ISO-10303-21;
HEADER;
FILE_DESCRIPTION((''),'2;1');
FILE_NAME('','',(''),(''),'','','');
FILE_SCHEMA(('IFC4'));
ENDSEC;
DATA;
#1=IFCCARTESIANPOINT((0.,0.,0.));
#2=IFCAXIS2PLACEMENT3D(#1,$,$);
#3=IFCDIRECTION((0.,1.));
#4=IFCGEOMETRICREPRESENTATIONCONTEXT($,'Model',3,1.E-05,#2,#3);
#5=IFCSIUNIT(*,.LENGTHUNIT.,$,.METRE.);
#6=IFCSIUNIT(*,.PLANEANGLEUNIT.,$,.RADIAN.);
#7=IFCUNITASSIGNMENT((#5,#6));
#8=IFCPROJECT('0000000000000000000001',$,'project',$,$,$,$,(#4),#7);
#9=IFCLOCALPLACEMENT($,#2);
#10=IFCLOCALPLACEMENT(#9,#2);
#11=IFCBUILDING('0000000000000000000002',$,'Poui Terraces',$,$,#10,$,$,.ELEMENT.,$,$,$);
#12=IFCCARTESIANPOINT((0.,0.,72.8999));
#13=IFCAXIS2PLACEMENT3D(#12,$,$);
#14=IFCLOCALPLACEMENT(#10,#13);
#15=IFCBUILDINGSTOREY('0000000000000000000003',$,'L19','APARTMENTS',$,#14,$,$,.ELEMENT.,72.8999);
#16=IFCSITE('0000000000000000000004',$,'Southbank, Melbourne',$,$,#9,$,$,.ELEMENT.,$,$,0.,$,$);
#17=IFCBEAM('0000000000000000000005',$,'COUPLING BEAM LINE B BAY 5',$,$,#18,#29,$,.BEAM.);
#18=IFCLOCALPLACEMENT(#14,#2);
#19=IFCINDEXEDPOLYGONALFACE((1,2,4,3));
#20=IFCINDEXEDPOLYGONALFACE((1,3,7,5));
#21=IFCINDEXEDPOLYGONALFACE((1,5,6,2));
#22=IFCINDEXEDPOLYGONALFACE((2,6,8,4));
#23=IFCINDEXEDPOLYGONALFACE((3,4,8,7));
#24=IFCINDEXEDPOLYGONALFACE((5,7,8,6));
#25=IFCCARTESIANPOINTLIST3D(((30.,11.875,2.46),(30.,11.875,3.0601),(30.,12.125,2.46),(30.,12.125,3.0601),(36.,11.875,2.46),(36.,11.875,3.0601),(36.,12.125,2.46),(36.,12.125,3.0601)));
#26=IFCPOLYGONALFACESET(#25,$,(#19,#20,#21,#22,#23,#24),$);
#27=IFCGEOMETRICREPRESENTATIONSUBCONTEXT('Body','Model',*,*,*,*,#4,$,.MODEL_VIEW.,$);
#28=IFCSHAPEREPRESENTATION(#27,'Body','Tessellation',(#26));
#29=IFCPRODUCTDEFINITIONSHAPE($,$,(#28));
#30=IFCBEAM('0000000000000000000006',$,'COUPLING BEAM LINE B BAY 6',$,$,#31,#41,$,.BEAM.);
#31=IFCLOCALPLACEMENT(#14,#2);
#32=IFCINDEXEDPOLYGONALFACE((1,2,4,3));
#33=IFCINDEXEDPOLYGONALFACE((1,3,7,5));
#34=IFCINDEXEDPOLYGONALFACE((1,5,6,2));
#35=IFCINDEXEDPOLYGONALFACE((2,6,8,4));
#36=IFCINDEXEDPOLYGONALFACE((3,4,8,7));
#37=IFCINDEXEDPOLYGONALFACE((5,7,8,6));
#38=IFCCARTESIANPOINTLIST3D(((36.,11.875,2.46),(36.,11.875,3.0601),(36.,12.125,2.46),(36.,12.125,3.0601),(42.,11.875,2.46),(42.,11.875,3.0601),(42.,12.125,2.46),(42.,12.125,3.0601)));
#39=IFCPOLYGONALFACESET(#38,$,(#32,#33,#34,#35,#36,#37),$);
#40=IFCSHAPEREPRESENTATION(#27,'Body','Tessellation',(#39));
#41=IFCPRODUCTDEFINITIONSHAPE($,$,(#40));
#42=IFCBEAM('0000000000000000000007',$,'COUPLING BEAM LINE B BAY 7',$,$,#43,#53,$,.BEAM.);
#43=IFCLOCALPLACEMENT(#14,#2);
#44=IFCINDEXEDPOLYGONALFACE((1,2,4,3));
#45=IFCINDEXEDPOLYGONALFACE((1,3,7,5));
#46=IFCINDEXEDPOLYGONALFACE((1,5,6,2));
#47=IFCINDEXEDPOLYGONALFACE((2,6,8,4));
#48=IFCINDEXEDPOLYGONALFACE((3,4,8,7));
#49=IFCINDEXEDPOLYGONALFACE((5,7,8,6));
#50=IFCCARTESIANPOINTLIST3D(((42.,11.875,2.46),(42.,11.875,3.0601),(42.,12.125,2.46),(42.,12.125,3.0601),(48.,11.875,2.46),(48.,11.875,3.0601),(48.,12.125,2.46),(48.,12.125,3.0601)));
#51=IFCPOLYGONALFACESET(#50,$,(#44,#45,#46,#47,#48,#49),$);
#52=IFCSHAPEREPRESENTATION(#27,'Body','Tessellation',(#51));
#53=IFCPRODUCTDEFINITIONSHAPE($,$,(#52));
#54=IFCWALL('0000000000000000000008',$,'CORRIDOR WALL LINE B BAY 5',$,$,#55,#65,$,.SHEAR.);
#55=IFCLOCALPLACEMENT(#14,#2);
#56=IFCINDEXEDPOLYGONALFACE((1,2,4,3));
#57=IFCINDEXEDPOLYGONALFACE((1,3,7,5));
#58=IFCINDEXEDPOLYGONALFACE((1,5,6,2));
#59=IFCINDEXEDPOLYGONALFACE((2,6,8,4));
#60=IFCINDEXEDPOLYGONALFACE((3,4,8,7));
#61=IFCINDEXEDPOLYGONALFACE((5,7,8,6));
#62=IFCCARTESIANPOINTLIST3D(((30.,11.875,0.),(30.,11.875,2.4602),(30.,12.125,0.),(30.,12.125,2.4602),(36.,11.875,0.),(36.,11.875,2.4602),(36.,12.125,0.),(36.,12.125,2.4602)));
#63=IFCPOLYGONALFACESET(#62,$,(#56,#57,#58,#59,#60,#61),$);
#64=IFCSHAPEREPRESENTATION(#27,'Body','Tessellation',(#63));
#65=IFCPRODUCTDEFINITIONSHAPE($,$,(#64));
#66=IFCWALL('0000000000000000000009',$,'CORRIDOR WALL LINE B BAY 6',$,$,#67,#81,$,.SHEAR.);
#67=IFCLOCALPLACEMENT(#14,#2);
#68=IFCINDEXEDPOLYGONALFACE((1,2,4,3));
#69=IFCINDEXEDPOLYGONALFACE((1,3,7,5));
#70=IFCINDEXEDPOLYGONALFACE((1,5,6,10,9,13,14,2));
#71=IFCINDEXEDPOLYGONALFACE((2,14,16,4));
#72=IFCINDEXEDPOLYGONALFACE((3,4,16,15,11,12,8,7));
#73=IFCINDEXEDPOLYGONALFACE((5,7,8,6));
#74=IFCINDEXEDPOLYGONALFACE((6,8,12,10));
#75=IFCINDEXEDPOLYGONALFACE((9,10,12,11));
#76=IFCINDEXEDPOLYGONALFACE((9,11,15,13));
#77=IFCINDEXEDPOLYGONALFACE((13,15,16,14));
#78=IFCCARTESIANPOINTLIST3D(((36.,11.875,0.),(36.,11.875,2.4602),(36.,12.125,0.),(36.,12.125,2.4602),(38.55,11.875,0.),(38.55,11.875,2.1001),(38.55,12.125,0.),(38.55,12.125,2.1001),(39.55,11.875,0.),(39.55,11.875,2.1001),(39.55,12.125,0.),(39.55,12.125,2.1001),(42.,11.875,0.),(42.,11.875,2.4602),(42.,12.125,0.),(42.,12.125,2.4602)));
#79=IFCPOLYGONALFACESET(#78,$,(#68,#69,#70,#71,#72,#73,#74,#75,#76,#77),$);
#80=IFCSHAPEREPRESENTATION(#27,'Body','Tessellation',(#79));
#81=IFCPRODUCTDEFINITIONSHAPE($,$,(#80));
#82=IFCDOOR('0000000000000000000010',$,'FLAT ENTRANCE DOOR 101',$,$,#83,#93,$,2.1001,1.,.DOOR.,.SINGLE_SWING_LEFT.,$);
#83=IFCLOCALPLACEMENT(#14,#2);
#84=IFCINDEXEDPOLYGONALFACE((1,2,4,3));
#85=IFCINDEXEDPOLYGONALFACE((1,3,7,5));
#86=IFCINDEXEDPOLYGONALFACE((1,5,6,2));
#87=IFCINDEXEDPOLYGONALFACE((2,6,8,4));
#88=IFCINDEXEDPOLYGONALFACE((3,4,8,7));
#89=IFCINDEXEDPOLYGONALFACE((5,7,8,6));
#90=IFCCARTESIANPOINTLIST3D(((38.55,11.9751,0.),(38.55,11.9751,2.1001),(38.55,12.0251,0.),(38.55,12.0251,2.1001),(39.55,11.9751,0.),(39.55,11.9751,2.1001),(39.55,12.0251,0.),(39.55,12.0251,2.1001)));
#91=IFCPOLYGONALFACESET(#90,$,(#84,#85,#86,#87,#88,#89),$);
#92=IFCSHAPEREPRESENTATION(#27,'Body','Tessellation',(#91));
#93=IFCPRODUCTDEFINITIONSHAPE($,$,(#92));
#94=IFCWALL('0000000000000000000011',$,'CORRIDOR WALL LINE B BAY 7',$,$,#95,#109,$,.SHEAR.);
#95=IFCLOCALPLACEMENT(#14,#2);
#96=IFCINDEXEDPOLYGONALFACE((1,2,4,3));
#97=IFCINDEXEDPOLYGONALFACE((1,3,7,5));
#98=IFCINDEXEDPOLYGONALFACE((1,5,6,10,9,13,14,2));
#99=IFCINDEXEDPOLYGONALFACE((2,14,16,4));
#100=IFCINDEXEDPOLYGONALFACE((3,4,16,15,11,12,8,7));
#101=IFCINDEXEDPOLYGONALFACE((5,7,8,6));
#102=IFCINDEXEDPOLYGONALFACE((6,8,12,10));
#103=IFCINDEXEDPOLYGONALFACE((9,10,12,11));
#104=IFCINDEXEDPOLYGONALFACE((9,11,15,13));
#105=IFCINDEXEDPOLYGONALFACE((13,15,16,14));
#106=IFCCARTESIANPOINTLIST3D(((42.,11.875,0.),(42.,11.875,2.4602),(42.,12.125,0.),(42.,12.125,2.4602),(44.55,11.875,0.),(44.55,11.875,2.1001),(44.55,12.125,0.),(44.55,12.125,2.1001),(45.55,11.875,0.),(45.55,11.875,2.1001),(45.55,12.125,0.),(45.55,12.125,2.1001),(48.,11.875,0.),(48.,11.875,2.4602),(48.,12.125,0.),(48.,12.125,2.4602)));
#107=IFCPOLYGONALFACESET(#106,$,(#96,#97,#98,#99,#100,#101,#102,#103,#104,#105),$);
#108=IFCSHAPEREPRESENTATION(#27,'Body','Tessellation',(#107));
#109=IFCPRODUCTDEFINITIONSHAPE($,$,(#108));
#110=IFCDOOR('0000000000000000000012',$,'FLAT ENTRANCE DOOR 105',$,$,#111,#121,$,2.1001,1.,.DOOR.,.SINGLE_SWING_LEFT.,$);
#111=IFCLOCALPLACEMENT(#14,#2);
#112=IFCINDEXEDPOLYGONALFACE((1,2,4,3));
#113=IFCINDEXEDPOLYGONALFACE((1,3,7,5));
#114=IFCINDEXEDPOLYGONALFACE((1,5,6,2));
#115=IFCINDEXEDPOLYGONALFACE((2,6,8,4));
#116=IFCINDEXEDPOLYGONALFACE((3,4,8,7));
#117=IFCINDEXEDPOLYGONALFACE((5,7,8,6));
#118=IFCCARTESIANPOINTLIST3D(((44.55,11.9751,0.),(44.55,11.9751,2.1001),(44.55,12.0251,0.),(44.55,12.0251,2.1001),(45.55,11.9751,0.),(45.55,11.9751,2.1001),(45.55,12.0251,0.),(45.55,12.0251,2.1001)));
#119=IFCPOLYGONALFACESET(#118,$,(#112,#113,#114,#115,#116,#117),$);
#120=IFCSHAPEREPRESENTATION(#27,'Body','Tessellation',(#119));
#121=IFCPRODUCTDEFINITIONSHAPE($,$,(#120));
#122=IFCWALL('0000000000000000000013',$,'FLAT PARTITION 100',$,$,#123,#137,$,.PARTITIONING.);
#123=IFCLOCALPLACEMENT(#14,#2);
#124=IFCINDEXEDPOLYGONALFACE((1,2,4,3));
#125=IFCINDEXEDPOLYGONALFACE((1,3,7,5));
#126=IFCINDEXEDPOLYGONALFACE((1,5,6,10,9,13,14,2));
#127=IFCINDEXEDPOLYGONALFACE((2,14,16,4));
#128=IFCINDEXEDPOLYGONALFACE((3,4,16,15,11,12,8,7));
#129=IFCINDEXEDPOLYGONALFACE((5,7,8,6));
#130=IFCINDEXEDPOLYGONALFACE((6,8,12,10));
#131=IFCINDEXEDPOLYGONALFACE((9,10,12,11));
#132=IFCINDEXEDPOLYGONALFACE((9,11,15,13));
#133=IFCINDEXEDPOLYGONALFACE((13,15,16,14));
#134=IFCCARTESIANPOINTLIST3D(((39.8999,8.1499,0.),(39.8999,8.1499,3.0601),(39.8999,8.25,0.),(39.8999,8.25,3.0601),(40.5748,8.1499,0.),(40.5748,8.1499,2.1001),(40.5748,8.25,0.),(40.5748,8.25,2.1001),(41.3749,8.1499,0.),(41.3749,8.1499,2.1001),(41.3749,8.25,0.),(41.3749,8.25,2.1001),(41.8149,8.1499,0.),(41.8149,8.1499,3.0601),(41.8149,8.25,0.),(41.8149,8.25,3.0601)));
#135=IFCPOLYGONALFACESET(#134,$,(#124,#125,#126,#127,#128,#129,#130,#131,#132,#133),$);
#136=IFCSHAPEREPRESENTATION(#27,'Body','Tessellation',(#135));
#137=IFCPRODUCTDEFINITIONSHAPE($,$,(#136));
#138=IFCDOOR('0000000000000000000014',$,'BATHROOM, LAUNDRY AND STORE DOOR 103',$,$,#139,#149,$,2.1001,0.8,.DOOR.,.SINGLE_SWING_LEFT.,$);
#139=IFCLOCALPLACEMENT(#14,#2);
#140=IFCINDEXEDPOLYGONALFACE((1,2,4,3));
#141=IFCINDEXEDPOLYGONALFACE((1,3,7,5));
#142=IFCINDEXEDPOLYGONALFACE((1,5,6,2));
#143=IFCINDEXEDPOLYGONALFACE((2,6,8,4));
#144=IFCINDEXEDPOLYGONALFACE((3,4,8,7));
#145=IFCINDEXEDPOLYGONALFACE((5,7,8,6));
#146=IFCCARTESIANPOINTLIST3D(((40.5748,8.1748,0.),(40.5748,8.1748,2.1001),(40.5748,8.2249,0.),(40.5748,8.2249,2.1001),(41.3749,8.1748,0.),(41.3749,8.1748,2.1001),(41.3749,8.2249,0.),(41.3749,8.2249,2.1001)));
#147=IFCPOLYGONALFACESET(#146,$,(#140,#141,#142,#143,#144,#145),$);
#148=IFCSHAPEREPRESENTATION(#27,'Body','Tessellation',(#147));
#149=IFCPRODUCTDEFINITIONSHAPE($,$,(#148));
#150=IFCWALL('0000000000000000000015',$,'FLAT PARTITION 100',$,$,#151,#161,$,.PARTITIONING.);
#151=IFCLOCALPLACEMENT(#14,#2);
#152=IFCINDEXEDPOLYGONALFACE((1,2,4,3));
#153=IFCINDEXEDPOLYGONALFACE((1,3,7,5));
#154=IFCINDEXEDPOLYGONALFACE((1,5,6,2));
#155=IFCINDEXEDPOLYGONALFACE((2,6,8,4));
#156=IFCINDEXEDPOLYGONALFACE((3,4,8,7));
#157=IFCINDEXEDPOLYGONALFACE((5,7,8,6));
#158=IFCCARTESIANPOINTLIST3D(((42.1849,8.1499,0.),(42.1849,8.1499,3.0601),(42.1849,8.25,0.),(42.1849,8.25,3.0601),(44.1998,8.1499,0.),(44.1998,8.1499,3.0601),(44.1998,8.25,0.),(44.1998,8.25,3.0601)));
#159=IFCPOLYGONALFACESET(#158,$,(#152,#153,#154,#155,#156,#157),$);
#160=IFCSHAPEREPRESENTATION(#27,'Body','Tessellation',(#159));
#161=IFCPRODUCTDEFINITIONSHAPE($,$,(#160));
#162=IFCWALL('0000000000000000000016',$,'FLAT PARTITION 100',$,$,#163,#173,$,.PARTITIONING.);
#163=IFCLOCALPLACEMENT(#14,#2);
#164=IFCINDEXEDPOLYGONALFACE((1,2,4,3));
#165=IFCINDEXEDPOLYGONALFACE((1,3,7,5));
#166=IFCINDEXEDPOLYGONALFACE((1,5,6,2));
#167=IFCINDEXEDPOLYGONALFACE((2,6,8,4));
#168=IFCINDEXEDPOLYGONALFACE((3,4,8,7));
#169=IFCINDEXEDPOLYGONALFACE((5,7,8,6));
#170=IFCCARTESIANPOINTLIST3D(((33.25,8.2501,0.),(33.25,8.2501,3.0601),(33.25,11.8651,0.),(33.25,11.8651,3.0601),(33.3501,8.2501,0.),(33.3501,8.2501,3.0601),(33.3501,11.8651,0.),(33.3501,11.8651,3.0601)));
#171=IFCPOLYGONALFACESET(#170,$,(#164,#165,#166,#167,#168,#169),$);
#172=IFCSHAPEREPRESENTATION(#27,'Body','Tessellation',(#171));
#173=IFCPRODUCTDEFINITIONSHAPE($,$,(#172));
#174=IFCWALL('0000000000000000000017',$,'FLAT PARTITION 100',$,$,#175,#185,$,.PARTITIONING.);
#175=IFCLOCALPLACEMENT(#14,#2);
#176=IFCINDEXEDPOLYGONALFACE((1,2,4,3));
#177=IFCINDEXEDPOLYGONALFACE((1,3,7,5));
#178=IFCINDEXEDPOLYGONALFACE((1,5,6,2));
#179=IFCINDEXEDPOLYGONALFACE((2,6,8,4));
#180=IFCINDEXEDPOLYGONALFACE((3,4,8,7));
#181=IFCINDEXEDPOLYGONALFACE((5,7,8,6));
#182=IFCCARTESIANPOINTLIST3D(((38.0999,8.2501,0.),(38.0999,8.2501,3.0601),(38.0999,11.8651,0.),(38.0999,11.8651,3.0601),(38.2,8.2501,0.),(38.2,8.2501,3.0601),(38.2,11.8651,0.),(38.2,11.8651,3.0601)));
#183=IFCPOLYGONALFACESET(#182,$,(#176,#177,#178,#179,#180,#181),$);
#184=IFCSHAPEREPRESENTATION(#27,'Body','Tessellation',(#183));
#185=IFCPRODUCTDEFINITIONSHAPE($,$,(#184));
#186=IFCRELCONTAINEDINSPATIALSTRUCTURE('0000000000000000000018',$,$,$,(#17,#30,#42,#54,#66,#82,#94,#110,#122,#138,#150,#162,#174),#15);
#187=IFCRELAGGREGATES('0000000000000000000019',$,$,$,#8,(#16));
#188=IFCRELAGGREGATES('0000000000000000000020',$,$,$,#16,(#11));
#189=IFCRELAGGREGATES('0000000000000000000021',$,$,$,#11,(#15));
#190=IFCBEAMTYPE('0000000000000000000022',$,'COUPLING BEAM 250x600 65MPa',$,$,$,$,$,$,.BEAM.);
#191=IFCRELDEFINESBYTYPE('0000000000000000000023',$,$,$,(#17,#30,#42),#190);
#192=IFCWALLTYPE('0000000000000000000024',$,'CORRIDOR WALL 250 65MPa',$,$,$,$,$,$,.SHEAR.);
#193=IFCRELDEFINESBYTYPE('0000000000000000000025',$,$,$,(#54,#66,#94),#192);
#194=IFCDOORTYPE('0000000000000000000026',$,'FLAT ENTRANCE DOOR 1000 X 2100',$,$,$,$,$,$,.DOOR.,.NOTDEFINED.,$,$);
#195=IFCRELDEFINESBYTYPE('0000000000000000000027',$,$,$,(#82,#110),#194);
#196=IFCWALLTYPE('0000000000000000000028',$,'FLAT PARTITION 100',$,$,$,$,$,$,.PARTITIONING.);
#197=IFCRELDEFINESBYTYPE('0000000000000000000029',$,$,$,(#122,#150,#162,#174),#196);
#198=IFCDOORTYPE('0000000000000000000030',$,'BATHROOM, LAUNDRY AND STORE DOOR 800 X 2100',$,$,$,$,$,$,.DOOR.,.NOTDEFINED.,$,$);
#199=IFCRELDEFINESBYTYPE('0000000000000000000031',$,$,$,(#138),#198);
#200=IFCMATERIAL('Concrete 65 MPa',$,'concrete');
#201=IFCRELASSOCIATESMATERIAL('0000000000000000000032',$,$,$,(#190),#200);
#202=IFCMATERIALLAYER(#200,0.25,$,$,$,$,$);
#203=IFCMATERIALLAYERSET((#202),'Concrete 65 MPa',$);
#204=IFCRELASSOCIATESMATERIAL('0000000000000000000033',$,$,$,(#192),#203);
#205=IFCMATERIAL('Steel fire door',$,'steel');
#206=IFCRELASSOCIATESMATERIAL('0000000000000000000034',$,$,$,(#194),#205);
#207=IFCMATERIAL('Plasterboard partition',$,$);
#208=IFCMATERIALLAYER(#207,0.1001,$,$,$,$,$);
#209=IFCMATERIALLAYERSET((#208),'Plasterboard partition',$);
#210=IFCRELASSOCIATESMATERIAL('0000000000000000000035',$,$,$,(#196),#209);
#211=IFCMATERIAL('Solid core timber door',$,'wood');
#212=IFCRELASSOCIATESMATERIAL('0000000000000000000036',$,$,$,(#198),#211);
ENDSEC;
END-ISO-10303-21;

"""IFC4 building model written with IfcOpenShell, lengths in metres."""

from ifc_helpers import new_model, si_unit, direction, frame, frame_2d, origin, origin_2d, place, context, subcontext, project, spatial, rectangle, extrude, source, transform, mapped, material, layer, layer_set, material_profile, profile_set, type_object, element, fill, save


model = new_model("IFC4")

# Units and contexts
model_context = context("Model", 3, precision=1e-05, world=origin(), true_north=direction((0.0, 1.0)))
body_context = subcontext(model_context, "Body", "Model", "MODEL_VIEW")
ifc_project = project(units=[si_unit("LENGTHUNIT", "METRE"), si_unit("PLANEANGLEUNIT", "RADIAN")], contexts=[model_context])

# Site, building, storey
site_placement = place(None, origin())
site = spatial("IfcSite", under=ifc_project, at=site_placement, Name="Southbank, Melbourne", CompositionType="ELEMENT", RefElevation=0.0)
building_placement = place(site_placement, origin())
building = spatial("IfcBuilding", under=site, at=building_placement, Name="Poui Terraces", CompositionType="ELEMENT")
storey_placement = place(building_placement, frame((0.0, 0.0, 72.8999)))
storey = spatial("IfcBuildingStorey", under=building, at=storey_placement, Name="L19", Description="APARTMENTS", CompositionType="ELEMENT", Elevation=72.8999)

# Beams
ifc_material_1 = material(Name="Concrete 65 MPa", Category="concrete")
ifc_material_profile = material_profile(ifc_material_1, rectangle(XDim=0.25, YDim=0.6001, at=origin_2d()), Name="RC 250x600")
ifc_profile_set = profile_set([ifc_material_profile], Name="Concrete 65 MPa")
beam_type = type_object("IfcBeamType", Name="COUPLING BEAM 250x600 65MPa", PredefinedType="BEAM", material=ifc_profile_set)
shared_shape = source(origin(), body_context, "Body", "SweptSolid", [
    extrude(rectangle(XDim=0.25, YDim=0.6001, at=origin_2d()), origin(), (0.0, 0.0, 1.0), 6.0),
])
for number, where, z_axis, x_axis, name in (
    (1, (30.0, 12.0, 2.76), (1.0, 0.0, 0.0), (0.0, 1.0, 0.0), "COUPLING BEAM LINE B BAY 5"),
    (2, (36.0, 12.0, 2.76), (1.0, 0.0, 0.0), (0.0, 1.0, 0.0), "COUPLING BEAM LINE B BAY 6"),
    (3, (42.0, 12.0, 2.76), (1.0, 0.0, 0.0), (0.0, 1.0, 0.0), "COUPLING BEAM LINE B BAY 7"),
):
    element("IfcBeam", number, at=place(storey_placement, frame(where, z_axis=z_axis, x_axis=x_axis)), inside=storey, type_object=beam_type, Name=name, PredefinedType="BEAM", context=body_context, shape_type="MappedRepresentation", body=[
        mapped(shared_shape, transform((0.0, 0.0, 0.0))),
    ])

# Wall
ifc_layer_1 = layer(ifc_material_1, 0.25)
ifc_layer_set_1 = layer_set([ifc_layer_1], Name="Concrete 65 MPa")
wall_type_1 = type_object("IfcWallType", Name="CORRIDOR WALL 250 65MPa", PredefinedType="SHEAR", material=ifc_layer_set_1)
wall_1_placement = place(storey_placement, frame((30.0, 12.0, 0.0), z_axis=(0.0, 0.0, 1.0), x_axis=(1.0, 0.0, 0.0)))
element("IfcWall", 4, at=wall_1_placement, inside=storey, type_object=wall_type_1, Name="CORRIDOR WALL LINE B BAY 5", PredefinedType="SHEAR", context=body_context, shape_type="SweptSolid", body=[
    extrude(rectangle(XDim=6.0, YDim=0.25, at=frame_2d((3.0, 0.0))), origin(), (0.0, 0.0, 1.0), 2.4602),
])

# Walls, openings, doors
wall_2_placement = place(storey_placement, frame((36.0, 12.0, 0.0), z_axis=(0.0, 0.0, 1.0), x_axis=(1.0, 0.0, 0.0)))
wall_2 = element("IfcWall", 5, at=wall_2_placement, inside=storey, type_object=wall_type_1, Name="CORRIDOR WALL LINE B BAY 6", PredefinedType="SHEAR", context=body_context, shape_type="SweptSolid", body=[
    extrude(rectangle(XDim=6.0, YDim=0.25, at=frame_2d((3.0, 0.0))), origin(), (0.0, 0.0, 1.0), 2.4602),
])
opening_1_placement = place(wall_2_placement, frame((2.55, 0.0, 0.0)))
opening_1 = element("IfcOpeningElement", 6, at=opening_1_placement, cuts=wall_2, PredefinedType="OPENING", context=body_context, shape_type="SweptSolid", body=[
    extrude(rectangle(XDim=1.0, YDim=2.1001, at=frame_2d((0.5, 1.05))), frame((0.0, 0.135, 0.0), z_axis=(0.0, -1.0, 0.0), x_axis=(1.0, 0.0, 0.0)), (0.0, 0.0, 1.0), 0.27),
])
ifc_material_2 = material(Name="Steel fire door", Category="steel")
door_type_1 = type_object("IfcDoorType", Name="FLAT ENTRANCE DOOR 1000 X 2100", OperationType="NOTDEFINED", PredefinedType="DOOR", material=ifc_material_2)
door_1_placement = place(opening_1_placement, frame((1.0, 0.0, 0.0), z_axis=(0.0, 0.0, 1.0), x_axis=(-1.0, 0.0, 0.0)))
door_1 = element("IfcDoor", 7, at=door_1_placement, inside=storey, type_object=door_type_1, Name="FLAT ENTRANCE DOOR 101", OperationType="SINGLE_SWING_LEFT", OverallHeight=2.1001, OverallWidth=1.0, PredefinedType="DOOR", context=body_context, shape_type="SweptSolid", body=[
    extrude(rectangle(XDim=1.0, YDim=2.1001, at=frame_2d((0.5, 1.05))), frame((0.0, 0.0249, 0.0), z_axis=(0.0, -1.0, 0.0), x_axis=(1.0, 0.0, 0.0)), (0.0, 0.0, 1.0), 0.05),
])
fill(opening_1, door_1)
wall_3_placement = place(storey_placement, frame((42.0, 12.0, 0.0), z_axis=(0.0, 0.0, 1.0), x_axis=(1.0, 0.0, 0.0)))
wall_3 = element("IfcWall", 8, at=wall_3_placement, inside=storey, type_object=wall_type_1, Name="CORRIDOR WALL LINE B BAY 7", PredefinedType="SHEAR", context=body_context, shape_type="SweptSolid", body=[
    extrude(rectangle(XDim=6.0, YDim=0.25, at=frame_2d((3.0, 0.0))), origin(), (0.0, 0.0, 1.0), 2.4602),
])
opening_2_placement = place(wall_3_placement, frame((2.55, 0.0, 0.0)))
opening_2 = element("IfcOpeningElement", 9, at=opening_2_placement, cuts=wall_3, PredefinedType="OPENING", context=body_context, shape_type="SweptSolid", body=[
    extrude(rectangle(XDim=1.0, YDim=2.1001, at=frame_2d((0.5, 1.05))), frame((0.0, 0.135, 0.0), z_axis=(0.0, -1.0, 0.0), x_axis=(1.0, 0.0, 0.0)), (0.0, 0.0, 1.0), 0.27),
])
door_2_placement = place(opening_2_placement, frame((1.0, 0.0, 0.0), z_axis=(0.0, 0.0, 1.0), x_axis=(-1.0, 0.0, 0.0)))
door_2 = element("IfcDoor", 10, at=door_2_placement, inside=storey, type_object=door_type_1, Name="FLAT ENTRANCE DOOR 105", OperationType="SINGLE_SWING_LEFT", OverallHeight=2.1001, OverallWidth=1.0, PredefinedType="DOOR", context=body_context, shape_type="SweptSolid", body=[
    extrude(rectangle(XDim=1.0, YDim=2.1001, at=frame_2d((0.5, 1.05))), frame((0.0, 0.0249, 0.0), z_axis=(0.0, -1.0, 0.0), x_axis=(1.0, 0.0, 0.0)), (0.0, 0.0, 1.0), 0.05),
])
fill(opening_2, door_2)
ifc_material_3 = material(Name="Plasterboard partition")
ifc_layer_2 = layer(ifc_material_3, 0.1001)
ifc_layer_set_2 = layer_set([ifc_layer_2], Name="Plasterboard partition")
wall_type_2 = type_object("IfcWallType", Name="FLAT PARTITION 100", PredefinedType="PARTITIONING", material=ifc_layer_set_2)
wall_4_placement = place(storey_placement, frame((39.8999, 8.2, 0.0), z_axis=(0.0, 0.0, 1.0), x_axis=(1.0, 0.0, 0.0)))
wall_4 = element("IfcWall", 11, at=wall_4_placement, inside=storey, type_object=wall_type_2, Name="FLAT PARTITION 100", PredefinedType="PARTITIONING", context=body_context, shape_type="SweptSolid", body=[
    extrude(rectangle(XDim=1.915, YDim=0.1001, at=frame_2d((0.9575, 0.0))), origin(), (0.0, 0.0, 1.0), 3.0601),
])
opening_3_placement = place(wall_4_placement, frame((0.675, 0.0, 0.0)))
opening_3 = element("IfcOpeningElement", 12, at=opening_3_placement, cuts=wall_4, PredefinedType="OPENING", context=body_context, shape_type="SweptSolid", body=[
    extrude(rectangle(XDim=0.8, YDim=2.1001, at=frame_2d((0.3999, 1.05))), frame((0.0, 0.0601, 0.0), z_axis=(0.0, -1.0, 0.0), x_axis=(1.0, 0.0, 0.0)), (0.0, 0.0, 1.0), 0.1201),
])
ifc_material_4 = material(Name="Solid core timber door", Category="wood")
door_type_2 = type_object("IfcDoorType", Name="BATHROOM, LAUNDRY AND STORE DOOR 800 X 2100", OperationType="NOTDEFINED", PredefinedType="DOOR", material=ifc_material_4)
door_3_placement = place(opening_3_placement, origin())
door_3 = element("IfcDoor", 13, at=door_3_placement, inside=storey, type_object=door_type_2, Name="BATHROOM, LAUNDRY AND STORE DOOR 103", OperationType="SINGLE_SWING_LEFT", OverallHeight=2.1001, OverallWidth=0.8, PredefinedType="DOOR", context=body_context, shape_type="SweptSolid", body=[
    extrude(rectangle(XDim=0.8, YDim=2.1001, at=frame_2d((0.3999, 1.05))), frame((0.0, 0.0249, 0.0), z_axis=(0.0, -1.0, 0.0), x_axis=(1.0, 0.0, 0.0)), (0.0, 0.0, 1.0), 0.05),
])
fill(opening_3, door_3)

# Walls
wall_5_placement = place(storey_placement, frame((42.1851, 8.2, 0.0), z_axis=(0.0, 0.0, 1.0), x_axis=(1.0, 0.0, 0.0)))
element("IfcWall", 14, at=wall_5_placement, inside=storey, type_object=wall_type_2, Name="FLAT PARTITION 100", PredefinedType="PARTITIONING", context=body_context, shape_type="SweptSolid", body=[
    extrude(rectangle(XDim=2.0149, YDim=0.1001, at=frame_2d((1.0073, 0.0))), origin(), (0.0, 0.0, 1.0), 3.0601),
])
for number, where, z_axis, x_axis, name in (
    (15, (33.3, 8.25, 0.0), (0.0, 0.0, 1.0), (0.0, 1.0, 0.0), "FLAT PARTITION 100"),
    (16, (38.1499, 8.25, 0.0), (0.0, 0.0, 1.0), (0.0, 1.0, 0.0), "FLAT PARTITION 100"),
):
    element("IfcWall", number, at=place(storey_placement, frame(where, z_axis=z_axis, x_axis=x_axis)), inside=storey, type_object=wall_type_2, Name=name, PredefinedType="PARTITIONING", context=body_context, shape_type="SweptSolid", body=[
        extrude(rectangle(XDim=3.615, YDim=0.1001, at=frame_2d((1.8076, 0.0))), origin(), (0.0, 0.0, 1.0), 3.0601),
    ])

save(model, "model.ifc")
